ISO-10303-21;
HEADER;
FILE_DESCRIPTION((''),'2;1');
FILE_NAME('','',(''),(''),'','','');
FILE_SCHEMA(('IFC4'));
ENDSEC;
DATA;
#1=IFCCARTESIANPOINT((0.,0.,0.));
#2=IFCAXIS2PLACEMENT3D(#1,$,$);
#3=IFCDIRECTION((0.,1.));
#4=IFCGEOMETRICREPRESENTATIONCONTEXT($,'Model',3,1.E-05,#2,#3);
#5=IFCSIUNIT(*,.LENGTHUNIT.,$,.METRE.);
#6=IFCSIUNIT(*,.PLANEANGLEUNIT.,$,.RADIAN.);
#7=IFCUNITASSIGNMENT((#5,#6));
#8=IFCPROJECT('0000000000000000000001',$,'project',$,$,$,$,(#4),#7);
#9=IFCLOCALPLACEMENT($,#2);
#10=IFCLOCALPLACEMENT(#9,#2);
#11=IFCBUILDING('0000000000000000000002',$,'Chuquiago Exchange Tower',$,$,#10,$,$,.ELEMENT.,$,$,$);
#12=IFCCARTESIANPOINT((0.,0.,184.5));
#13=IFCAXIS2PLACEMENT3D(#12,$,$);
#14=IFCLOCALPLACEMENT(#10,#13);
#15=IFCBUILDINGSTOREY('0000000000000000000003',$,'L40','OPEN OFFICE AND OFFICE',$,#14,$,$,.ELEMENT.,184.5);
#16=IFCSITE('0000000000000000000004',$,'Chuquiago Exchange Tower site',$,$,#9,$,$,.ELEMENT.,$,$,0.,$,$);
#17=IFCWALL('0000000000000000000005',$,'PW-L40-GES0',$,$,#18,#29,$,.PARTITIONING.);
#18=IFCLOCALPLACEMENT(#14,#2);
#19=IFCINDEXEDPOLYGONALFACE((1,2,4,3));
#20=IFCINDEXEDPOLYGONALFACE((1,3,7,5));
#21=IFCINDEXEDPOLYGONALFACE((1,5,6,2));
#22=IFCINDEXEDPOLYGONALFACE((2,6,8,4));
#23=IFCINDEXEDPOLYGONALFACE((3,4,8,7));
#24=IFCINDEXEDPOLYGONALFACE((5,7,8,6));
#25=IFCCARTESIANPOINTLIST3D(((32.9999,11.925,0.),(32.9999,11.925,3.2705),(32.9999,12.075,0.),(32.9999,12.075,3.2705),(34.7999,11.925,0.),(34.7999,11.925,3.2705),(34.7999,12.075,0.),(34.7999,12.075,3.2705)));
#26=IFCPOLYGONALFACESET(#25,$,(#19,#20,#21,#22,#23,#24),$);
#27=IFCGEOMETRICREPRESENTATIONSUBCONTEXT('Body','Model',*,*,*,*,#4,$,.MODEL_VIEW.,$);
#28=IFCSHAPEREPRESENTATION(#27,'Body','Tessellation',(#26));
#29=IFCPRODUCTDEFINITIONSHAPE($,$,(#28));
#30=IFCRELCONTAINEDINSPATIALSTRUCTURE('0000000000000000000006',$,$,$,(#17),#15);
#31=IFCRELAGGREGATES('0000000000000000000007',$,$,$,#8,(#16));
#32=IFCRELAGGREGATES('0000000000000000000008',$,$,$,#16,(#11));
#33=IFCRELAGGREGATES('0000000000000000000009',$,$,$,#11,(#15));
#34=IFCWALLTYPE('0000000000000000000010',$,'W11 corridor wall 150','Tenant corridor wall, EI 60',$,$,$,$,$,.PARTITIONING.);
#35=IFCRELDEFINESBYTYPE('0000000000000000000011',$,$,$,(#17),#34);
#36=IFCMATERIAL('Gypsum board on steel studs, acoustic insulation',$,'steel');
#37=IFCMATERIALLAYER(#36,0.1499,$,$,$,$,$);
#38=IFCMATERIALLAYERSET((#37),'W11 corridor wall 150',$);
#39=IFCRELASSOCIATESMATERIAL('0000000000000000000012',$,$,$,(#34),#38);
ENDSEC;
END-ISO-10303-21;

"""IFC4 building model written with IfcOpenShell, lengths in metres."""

from ifc_helpers import new_model, si_unit, direction, frame, frame_2d, origin, place, context, subcontext, project, spatial, rectangle, extrude, material, layer, layer_set, type_object, element, save


model = new_model("IFC4")

# Units and contexts
model_context = context("Model", 3, precision=1e-05, world=origin(), true_north=direction((0.0, 1.0)))
body_context = subcontext(model_context, "Body", "Model", "MODEL_VIEW")
ifc_project = project(units=[si_unit("LENGTHUNIT", "METRE"), si_unit("PLANEANGLEUNIT", "RADIAN")], contexts=[model_context])

# Site, building, storey
site_placement = place(None, origin())
site = spatial("IfcSite", under=ifc_project, at=site_placement, Name="Chuquiago Exchange Tower site", CompositionType="ELEMENT", RefElevation=0.0)
building_placement = place(site_placement, origin())
building = spatial("IfcBuilding", under=site, at=building_placement, Name="Chuquiago Exchange Tower", CompositionType="ELEMENT")
storey_placement = place(building_placement, frame((0.0, 0.0, 184.5)))
storey = spatial("IfcBuildingStorey", under=building, at=storey_placement, Name="L40", Description="OPEN OFFICE AND OFFICE", CompositionType="ELEMENT", Elevation=184.5)

# Shared definitions
ifc_material_1 = material(Name="Gypsum board on steel studs, acoustic insulation", Category="steel")
ifc_layer_1 = layer(ifc_material_1, 0.1499)
ifc_layer_set_1 = layer_set([ifc_layer_1], Name="W11 corridor wall 150")
wall_type = type_object("IfcWallType", Name="W11 corridor wall 150", Description="Tenant corridor wall, EI 60", PredefinedType="PARTITIONING", material=ifc_layer_set_1)

# Wall
wall_1_placement = place(storey_placement, frame((33.0, 12.0, 0.0), z_axis=(0.0, 0.0, 1.0), x_axis=(1.0, 0.0, 0.0)))
element("IfcWall", 1, at=wall_1_placement, inside=storey, type_object=wall_type, Name="PW-L40-GES0", PredefinedType="PARTITIONING", context=body_context, shape_type="SweptSolid", body=[
    extrude(rectangle(XDim=1.8, YDim=0.1499, at=frame_2d((0.8999, 0.0))), origin(), (0.0, 0.0, 1.0), 3.2705),
])

save(model, "model.ifc")
